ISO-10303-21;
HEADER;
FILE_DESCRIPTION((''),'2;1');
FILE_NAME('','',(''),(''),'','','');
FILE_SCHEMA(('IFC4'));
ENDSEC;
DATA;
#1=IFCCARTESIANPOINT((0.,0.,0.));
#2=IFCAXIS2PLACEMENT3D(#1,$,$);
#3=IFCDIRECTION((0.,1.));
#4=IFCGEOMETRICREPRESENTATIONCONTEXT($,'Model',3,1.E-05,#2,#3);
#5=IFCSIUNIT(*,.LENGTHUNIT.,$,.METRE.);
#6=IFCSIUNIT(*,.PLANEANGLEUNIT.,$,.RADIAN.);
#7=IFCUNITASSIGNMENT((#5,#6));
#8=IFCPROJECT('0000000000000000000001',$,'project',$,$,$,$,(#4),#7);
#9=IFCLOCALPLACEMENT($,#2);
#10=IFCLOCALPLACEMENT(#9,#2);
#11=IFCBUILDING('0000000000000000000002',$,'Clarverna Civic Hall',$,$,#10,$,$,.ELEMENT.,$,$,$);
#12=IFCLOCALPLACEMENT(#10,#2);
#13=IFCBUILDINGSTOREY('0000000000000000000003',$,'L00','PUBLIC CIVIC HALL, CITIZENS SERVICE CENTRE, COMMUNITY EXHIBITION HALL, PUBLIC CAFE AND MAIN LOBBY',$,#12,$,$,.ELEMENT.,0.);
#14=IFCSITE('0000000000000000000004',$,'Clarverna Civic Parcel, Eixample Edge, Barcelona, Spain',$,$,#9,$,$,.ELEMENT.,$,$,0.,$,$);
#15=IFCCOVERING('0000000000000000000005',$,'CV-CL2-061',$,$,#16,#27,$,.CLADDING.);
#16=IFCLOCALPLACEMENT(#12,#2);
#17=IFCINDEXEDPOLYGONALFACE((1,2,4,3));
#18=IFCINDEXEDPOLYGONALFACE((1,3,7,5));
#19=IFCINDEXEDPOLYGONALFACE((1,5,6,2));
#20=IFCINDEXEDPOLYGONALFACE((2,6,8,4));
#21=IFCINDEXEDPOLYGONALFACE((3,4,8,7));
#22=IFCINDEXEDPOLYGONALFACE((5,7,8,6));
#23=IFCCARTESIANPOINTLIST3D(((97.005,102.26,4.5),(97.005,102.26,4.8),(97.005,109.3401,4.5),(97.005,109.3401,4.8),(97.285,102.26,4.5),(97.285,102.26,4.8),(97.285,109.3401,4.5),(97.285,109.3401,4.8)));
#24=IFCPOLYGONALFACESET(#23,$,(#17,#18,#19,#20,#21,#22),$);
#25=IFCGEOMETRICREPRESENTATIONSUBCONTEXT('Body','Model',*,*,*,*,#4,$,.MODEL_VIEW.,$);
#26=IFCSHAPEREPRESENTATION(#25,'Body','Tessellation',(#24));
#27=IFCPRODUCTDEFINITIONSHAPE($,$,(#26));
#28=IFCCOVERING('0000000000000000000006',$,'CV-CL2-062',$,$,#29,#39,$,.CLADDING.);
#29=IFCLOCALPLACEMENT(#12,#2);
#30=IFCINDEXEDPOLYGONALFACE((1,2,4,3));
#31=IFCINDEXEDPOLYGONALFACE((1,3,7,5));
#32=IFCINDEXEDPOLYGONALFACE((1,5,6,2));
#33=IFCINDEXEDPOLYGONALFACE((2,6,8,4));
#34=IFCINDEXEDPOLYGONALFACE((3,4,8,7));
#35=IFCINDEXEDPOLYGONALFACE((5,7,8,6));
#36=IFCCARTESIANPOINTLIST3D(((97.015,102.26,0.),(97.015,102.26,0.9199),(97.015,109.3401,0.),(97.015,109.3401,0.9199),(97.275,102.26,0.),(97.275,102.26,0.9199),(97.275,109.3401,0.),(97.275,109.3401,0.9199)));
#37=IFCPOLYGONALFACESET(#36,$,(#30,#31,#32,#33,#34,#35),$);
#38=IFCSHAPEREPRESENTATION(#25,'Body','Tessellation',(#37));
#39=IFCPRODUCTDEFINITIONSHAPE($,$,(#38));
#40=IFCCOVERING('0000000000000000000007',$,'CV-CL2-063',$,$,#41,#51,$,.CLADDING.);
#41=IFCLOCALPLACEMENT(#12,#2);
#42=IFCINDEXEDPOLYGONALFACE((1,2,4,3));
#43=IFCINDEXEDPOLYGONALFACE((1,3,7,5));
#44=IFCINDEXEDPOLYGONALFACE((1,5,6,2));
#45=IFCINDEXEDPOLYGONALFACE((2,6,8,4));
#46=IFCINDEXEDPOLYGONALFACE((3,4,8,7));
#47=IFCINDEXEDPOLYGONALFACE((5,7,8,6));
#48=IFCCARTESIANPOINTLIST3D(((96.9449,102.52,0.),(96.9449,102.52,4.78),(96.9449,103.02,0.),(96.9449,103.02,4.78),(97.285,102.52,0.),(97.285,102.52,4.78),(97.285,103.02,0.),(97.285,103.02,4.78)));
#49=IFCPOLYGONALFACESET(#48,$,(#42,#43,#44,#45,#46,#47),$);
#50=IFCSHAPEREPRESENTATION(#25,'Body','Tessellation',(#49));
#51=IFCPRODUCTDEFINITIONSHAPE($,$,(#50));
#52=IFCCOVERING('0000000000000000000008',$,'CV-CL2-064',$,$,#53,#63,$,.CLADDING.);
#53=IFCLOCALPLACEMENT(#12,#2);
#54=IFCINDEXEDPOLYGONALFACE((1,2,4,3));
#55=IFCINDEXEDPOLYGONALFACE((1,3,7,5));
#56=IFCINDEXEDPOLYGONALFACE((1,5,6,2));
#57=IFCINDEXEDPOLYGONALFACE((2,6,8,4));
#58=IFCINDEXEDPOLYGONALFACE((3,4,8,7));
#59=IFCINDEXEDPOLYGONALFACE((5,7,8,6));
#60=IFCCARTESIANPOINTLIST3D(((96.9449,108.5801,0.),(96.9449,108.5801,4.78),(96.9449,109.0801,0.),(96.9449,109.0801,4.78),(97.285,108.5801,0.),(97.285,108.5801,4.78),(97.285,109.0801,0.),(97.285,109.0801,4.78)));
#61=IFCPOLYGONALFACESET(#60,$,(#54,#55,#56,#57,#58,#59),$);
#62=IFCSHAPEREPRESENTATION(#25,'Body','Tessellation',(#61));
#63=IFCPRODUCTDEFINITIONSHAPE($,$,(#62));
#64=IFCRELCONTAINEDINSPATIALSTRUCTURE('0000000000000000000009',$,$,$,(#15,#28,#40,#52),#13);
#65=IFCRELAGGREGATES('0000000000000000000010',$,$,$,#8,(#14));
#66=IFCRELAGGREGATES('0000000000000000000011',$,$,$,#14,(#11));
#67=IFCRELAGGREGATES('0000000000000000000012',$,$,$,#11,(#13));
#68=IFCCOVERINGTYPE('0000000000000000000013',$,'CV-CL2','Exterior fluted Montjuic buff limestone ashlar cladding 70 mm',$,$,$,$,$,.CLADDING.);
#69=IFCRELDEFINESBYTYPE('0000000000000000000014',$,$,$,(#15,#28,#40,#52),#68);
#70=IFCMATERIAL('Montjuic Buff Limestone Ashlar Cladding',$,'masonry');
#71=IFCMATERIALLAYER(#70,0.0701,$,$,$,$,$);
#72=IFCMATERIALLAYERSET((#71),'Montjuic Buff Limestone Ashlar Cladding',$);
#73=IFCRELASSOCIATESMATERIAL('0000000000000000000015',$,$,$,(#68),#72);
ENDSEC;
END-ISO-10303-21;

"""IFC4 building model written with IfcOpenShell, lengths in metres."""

from ifc_helpers import new_model, si_unit, direction, frame, frame_2d, origin, place, context, subcontext, project, spatial, rectangle, extrude, material, layer, layer_set, type_object, element, save


model = new_model("IFC4")

# Units and contexts
model_context = context("Model", 3, precision=1e-05, world=origin(), true_north=direction((0.0, 1.0)))
body_context = subcontext(model_context, "Body", "Model", "MODEL_VIEW")
ifc_project = project(units=[si_unit("LENGTHUNIT", "METRE"), si_unit("PLANEANGLEUNIT", "RADIAN")], contexts=[model_context])

# Site, building, storey
site_placement = place(None, origin())
site = spatial("IfcSite", under=ifc_project, at=site_placement, Name="Clarverna Civic Parcel, Eixample Edge, Barcelona, Spain", CompositionType="ELEMENT", RefElevation=0.0)
building_placement = place(site_placement, origin())
building = spatial("IfcBuilding", under=site, at=building_placement, Name="Clarverna Civic Hall", CompositionType="ELEMENT")
storey_placement = place(building_placement, origin())
storey = spatial("IfcBuildingStorey", under=building, at=storey_placement, Name="L00", Description="PUBLIC CIVIC HALL, CITIZENS SERVICE CENTRE, COMMUNITY EXHIBITION HALL, PUBLIC CAFE AND MAIN LOBBY", CompositionType="ELEMENT", Elevation=0.0)

# Coverings
ifc_material_1 = material(Name="Montjuic Buff Limestone Ashlar Cladding", Category="masonry")
ifc_layer_1 = layer(ifc_material_1, 0.0701)
ifc_layer_set_1 = layer_set([ifc_layer_1], Name="Montjuic Buff Limestone Ashlar Cladding")
covering_type = type_object("IfcCoveringType", Name="CV-CL2", Description="Exterior fluted Montjuic buff limestone ashlar cladding 70 mm", PredefinedType="CLADDING", material=ifc_layer_set_1)
covering_1_placement = place(storey_placement, frame((97.145, 102.26, 4.5), z_axis=(0.0, 0.0, 1.0), x_axis=(0.0, 1.0, 0.0)))
element("IfcCovering", 1, at=covering_1_placement, inside=storey, type_object=covering_type, Name="CV-CL2-061", PredefinedType="CLADDING", context=body_context, shape_type="SweptSolid", body=[
    extrude(rectangle(XDim=7.0801, YDim=0.28, at=frame_2d((3.54, 0.0))), origin(), (0.0, 0.0, 1.0), 0.3),
])
covering_2_placement = place(storey_placement, frame((97.145, 102.26, 0.0), z_axis=(0.0, 0.0, 1.0), x_axis=(0.0, 1.0, 0.0)))
element("IfcCovering", 2, at=covering_2_placement, inside=storey, type_object=covering_type, Name="CV-CL2-062", PredefinedType="CLADDING", context=body_context, shape_type="SweptSolid", body=[
    extrude(rectangle(XDim=7.0801, YDim=0.26, at=frame_2d((3.54, 0.0))), origin(), (0.0, 0.0, 1.0), 0.9199),
])
for number, where, z_axis, x_axis, name in (
    (3, (97.115, 102.52, 0.0), (0.0, 0.0, 1.0), (0.0, 1.0, 0.0), "CV-CL2-063"),
    (4, (97.115, 108.5801, 0.0), (0.0, 0.0, 1.0), (0.0, 1.0, 0.0), "CV-CL2-064"),
):
    element("IfcCovering", number, at=place(storey_placement, frame(where, z_axis=z_axis, x_axis=x_axis)), inside=storey, type_object=covering_type, Name=name, PredefinedType="CLADDING", context=body_context, shape_type="SweptSolid", body=[
        extrude(rectangle(XDim=0.5, YDim=0.3401, at=frame_2d((0.25, 0.0))), origin(), (0.0, 0.0, 1.0), 4.78),
    ])

save(model, "model.ifc")
